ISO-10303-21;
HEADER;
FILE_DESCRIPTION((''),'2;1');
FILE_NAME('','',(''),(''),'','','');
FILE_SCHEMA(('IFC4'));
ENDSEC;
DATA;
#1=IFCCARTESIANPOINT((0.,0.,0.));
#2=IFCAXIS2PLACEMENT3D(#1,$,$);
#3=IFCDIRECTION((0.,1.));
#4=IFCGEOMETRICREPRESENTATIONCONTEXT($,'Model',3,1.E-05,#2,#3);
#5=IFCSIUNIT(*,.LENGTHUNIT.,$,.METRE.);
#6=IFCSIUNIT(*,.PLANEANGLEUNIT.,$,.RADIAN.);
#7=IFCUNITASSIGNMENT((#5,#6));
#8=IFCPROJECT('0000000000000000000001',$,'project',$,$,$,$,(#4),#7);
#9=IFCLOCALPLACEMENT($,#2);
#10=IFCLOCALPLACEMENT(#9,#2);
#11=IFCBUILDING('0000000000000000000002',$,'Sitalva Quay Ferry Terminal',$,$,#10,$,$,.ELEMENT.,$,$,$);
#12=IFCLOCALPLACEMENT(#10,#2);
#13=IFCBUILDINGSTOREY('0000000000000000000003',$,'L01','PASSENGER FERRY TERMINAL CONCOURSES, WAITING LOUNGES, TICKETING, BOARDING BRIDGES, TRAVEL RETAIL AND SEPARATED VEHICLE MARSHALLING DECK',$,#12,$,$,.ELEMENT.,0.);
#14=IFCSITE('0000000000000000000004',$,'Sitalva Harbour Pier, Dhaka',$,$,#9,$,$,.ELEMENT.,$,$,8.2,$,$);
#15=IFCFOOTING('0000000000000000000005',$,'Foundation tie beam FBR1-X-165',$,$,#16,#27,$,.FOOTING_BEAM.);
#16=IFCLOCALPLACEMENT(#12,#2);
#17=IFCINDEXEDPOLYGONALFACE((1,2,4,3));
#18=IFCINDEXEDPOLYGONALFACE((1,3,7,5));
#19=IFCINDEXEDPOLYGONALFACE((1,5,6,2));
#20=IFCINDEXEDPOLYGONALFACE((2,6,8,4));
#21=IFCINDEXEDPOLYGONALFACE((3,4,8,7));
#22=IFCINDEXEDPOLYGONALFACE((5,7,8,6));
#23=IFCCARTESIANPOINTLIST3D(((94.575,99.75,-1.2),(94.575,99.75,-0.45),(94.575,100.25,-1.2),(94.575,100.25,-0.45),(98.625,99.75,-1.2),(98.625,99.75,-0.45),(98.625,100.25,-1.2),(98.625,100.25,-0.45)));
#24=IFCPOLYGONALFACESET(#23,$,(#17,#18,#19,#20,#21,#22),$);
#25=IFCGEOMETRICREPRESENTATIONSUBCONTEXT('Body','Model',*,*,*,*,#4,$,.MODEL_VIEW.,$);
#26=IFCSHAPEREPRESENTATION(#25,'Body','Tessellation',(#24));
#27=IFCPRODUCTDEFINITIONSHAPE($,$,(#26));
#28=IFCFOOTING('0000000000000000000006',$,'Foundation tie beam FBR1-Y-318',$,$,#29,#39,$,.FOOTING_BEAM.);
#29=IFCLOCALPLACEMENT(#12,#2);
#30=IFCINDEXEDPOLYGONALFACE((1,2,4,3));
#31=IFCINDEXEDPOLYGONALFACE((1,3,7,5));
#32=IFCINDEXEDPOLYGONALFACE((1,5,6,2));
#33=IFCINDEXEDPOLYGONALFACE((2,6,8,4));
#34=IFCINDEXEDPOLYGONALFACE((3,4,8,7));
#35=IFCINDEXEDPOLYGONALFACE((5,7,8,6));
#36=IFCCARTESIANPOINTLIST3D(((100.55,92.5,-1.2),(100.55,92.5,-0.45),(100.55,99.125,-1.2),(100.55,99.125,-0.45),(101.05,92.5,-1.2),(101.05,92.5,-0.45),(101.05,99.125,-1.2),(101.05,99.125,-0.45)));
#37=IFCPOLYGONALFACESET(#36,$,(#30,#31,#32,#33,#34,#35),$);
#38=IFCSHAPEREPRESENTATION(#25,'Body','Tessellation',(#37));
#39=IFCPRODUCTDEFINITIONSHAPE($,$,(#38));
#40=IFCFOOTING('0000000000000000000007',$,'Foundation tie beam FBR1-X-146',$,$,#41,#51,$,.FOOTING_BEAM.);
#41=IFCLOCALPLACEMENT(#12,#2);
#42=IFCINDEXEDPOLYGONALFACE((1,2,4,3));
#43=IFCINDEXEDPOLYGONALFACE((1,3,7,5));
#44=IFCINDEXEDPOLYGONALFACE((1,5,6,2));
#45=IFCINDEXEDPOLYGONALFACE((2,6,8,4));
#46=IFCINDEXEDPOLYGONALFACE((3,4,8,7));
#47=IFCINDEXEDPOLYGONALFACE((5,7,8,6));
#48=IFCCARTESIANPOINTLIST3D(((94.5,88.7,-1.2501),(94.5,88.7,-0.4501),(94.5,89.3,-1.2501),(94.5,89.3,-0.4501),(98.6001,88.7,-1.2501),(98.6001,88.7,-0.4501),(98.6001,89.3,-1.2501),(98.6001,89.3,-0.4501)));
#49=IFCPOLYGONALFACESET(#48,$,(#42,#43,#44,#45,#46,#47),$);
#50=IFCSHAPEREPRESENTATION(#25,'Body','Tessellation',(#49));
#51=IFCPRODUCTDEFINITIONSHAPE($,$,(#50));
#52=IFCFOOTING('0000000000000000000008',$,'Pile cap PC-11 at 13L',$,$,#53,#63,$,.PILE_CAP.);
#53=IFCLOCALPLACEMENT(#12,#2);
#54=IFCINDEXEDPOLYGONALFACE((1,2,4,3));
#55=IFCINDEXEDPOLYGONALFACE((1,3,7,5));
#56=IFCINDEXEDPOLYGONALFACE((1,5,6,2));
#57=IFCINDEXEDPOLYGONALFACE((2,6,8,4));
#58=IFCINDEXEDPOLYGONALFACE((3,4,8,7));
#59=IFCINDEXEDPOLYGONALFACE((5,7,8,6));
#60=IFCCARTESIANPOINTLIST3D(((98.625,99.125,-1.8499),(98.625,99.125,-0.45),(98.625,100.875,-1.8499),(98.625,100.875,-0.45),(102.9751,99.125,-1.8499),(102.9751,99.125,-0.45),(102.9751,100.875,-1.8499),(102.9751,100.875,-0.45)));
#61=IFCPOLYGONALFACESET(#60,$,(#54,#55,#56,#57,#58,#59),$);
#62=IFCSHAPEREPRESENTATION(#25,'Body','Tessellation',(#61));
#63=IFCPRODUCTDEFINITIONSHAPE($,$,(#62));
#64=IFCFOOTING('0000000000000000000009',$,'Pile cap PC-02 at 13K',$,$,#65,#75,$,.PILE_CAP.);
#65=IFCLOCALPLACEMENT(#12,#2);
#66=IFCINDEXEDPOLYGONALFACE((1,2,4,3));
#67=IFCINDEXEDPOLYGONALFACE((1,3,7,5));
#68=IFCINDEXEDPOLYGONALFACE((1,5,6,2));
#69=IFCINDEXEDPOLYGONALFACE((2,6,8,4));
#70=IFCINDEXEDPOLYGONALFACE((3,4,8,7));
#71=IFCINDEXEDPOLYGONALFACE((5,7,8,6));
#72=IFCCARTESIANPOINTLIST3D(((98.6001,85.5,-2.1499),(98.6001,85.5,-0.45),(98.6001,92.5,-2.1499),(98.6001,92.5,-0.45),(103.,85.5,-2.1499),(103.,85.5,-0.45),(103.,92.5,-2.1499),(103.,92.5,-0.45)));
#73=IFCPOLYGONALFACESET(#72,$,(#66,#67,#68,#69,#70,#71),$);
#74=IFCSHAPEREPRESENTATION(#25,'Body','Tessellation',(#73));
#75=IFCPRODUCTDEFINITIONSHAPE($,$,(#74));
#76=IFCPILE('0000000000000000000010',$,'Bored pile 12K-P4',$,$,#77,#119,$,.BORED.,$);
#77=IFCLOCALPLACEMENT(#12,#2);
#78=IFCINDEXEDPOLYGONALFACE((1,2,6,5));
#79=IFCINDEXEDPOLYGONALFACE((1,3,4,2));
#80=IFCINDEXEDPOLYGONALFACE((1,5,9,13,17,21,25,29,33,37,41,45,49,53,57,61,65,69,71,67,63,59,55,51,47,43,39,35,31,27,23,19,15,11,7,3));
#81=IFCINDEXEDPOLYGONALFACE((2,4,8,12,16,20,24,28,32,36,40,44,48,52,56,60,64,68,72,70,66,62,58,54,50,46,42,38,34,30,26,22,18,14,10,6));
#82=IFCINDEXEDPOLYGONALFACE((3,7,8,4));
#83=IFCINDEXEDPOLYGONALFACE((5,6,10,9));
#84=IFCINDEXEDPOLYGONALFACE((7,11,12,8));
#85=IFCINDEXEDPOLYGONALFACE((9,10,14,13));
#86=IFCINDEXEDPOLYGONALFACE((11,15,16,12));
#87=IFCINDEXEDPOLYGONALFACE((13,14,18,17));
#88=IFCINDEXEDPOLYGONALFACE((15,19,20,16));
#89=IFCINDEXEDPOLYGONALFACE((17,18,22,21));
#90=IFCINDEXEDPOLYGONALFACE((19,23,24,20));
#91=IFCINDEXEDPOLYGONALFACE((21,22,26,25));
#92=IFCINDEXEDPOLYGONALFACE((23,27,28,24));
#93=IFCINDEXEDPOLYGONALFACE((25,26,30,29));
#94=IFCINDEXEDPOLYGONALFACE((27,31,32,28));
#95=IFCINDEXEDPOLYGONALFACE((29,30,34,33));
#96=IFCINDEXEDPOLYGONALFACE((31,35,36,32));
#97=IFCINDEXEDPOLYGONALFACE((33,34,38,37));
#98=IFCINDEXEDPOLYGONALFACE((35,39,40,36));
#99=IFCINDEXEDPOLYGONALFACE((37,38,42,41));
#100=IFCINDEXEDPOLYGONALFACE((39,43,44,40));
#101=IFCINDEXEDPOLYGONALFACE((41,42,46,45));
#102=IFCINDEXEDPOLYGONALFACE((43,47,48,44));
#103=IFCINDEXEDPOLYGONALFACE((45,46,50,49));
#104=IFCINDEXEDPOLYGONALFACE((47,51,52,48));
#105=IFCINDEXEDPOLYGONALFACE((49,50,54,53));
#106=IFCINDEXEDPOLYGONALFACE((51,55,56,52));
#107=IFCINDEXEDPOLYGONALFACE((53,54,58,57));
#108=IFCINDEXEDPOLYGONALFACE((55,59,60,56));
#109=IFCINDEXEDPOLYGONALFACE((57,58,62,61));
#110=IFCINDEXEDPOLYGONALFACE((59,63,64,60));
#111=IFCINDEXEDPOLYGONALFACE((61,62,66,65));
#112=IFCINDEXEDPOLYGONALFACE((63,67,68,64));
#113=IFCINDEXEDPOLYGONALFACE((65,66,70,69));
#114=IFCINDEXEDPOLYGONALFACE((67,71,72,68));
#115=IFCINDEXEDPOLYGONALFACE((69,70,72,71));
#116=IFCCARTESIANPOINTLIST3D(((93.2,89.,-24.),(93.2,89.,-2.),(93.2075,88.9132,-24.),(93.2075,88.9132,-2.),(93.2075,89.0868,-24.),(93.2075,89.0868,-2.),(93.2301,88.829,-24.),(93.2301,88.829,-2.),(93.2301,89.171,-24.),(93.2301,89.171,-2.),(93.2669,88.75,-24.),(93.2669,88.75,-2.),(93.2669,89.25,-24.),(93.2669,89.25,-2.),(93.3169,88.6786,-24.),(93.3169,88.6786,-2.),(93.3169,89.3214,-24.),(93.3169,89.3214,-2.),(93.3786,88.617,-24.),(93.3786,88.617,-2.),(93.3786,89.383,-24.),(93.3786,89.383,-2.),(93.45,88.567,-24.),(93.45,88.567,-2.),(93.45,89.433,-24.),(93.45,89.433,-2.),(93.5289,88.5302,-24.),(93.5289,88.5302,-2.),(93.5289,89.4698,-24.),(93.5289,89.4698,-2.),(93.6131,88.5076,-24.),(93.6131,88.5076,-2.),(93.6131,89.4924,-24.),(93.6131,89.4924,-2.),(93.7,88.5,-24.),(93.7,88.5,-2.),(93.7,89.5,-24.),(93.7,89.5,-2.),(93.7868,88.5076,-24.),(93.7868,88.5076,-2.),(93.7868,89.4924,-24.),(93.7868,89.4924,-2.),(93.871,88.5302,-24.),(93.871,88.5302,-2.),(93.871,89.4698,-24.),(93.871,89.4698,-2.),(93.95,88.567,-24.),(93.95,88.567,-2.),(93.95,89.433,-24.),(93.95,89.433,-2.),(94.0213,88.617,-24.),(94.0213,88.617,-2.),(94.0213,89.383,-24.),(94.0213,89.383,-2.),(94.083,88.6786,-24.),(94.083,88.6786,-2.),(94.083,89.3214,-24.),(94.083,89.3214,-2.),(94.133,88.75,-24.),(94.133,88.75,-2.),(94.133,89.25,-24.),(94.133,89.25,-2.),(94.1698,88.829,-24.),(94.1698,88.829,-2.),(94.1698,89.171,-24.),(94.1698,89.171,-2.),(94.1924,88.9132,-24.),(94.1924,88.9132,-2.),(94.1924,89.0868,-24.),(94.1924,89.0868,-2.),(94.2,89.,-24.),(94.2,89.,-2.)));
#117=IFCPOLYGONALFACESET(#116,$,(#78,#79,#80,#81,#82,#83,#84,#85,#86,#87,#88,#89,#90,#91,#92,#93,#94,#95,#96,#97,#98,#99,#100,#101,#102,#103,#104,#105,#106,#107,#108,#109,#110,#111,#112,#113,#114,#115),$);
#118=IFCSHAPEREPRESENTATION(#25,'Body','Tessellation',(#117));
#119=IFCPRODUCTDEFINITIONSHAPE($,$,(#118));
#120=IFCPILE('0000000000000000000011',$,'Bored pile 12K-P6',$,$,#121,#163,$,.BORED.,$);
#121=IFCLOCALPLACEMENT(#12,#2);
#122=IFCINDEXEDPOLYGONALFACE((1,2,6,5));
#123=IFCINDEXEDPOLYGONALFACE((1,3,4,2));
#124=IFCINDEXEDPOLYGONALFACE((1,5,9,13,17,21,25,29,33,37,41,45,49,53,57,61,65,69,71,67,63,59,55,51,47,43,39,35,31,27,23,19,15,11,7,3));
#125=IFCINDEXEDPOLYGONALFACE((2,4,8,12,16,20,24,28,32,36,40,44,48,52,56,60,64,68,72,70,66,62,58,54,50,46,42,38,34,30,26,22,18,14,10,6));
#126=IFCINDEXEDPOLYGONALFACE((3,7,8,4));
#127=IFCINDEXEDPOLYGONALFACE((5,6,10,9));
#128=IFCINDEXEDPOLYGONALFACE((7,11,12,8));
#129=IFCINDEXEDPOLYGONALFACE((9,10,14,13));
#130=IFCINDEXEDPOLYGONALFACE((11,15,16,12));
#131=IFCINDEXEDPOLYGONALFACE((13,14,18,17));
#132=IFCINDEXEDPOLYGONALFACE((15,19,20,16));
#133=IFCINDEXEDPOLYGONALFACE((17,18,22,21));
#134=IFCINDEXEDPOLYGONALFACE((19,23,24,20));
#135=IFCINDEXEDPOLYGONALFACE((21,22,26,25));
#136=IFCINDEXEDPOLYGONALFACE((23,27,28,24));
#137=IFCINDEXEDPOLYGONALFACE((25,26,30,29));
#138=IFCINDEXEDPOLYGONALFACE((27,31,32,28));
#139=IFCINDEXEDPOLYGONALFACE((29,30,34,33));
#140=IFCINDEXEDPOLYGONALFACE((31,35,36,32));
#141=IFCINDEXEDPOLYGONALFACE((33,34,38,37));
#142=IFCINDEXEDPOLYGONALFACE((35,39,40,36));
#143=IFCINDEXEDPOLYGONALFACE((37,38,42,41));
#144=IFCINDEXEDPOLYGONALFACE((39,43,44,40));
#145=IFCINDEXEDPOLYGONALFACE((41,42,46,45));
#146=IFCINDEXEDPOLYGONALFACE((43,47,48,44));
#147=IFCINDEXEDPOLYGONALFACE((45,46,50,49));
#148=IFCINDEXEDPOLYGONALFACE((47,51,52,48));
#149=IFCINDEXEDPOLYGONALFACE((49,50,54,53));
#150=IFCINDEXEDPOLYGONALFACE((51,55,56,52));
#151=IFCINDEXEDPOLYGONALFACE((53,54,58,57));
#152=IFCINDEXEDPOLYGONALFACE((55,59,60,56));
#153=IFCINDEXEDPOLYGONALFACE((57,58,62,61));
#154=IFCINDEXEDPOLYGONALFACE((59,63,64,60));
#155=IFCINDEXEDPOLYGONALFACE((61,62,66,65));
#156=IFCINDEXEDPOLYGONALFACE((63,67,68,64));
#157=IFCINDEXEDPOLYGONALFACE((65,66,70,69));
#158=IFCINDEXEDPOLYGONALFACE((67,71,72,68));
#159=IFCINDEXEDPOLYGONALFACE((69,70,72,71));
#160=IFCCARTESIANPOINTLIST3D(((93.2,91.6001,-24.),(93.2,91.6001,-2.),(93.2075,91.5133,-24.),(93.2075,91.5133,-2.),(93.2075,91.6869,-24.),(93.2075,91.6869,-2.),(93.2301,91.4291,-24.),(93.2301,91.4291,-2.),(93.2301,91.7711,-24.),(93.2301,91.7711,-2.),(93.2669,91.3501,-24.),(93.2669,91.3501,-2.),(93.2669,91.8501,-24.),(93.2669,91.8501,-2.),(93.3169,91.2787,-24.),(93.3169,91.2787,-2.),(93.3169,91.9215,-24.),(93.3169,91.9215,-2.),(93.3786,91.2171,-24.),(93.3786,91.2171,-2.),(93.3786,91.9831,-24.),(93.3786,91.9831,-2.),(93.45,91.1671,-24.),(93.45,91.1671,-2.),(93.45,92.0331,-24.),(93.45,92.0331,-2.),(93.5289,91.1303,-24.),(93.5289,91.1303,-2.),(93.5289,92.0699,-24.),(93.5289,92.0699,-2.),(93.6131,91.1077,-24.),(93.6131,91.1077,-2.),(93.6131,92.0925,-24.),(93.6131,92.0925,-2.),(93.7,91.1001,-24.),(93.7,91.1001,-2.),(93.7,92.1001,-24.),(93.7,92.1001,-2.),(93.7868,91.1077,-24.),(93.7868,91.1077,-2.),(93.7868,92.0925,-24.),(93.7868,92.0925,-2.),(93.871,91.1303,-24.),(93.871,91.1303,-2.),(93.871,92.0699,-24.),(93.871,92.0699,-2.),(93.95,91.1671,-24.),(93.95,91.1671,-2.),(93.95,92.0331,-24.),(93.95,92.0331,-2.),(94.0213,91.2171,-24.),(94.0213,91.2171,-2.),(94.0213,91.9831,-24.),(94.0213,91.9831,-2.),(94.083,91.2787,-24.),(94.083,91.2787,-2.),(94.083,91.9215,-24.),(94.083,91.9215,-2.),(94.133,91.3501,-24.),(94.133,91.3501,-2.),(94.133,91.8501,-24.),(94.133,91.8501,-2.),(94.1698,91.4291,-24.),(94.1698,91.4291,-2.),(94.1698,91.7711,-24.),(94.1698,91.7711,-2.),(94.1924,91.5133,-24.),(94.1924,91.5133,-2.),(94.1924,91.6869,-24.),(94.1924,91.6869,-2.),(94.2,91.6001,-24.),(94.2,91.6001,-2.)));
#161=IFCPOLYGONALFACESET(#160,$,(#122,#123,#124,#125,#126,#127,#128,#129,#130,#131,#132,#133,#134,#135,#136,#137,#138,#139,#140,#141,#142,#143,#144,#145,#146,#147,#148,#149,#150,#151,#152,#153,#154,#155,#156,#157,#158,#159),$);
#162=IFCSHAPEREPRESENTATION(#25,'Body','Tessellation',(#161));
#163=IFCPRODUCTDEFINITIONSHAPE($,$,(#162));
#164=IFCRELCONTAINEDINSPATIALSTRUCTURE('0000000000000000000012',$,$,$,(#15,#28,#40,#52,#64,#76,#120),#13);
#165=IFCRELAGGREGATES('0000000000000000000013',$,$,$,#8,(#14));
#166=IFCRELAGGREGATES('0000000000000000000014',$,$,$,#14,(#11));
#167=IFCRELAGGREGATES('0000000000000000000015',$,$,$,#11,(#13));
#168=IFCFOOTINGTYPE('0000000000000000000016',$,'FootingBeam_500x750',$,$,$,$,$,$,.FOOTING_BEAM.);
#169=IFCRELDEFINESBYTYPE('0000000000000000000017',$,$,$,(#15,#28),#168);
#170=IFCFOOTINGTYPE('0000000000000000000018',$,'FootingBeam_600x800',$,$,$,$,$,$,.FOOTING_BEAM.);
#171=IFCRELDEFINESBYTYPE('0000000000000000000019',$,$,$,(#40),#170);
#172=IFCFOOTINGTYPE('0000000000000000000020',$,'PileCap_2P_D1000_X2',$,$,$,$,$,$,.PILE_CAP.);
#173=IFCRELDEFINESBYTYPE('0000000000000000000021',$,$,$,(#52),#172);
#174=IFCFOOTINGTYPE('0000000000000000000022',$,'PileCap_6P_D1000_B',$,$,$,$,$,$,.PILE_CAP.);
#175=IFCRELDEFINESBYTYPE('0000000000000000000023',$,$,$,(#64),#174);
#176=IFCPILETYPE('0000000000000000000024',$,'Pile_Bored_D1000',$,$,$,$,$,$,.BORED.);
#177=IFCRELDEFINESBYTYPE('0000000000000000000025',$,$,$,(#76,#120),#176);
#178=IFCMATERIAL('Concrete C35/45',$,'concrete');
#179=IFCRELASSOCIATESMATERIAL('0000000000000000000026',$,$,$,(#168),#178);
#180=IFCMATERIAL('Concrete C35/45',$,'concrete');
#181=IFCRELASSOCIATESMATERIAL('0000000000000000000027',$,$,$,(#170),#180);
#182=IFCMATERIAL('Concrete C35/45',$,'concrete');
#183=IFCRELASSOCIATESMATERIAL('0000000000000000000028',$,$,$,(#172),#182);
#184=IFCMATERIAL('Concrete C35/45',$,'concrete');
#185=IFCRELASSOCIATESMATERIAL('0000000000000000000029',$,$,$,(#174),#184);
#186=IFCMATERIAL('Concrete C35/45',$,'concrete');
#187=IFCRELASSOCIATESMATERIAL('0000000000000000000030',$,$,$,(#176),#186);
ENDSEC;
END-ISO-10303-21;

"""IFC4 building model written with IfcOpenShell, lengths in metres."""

from ifc_helpers import new_model, si_unit, direction, frame, origin, origin_2d, place, context, subcontext, project, spatial, rectangle, circle, extrude, material, material_profile, profile_set, type_object, element, save


model = new_model("IFC4")

# Units and contexts
model_context = context("Model", 3, precision=1e-05, world=origin(), true_north=direction((0.0, 1.0)))
body_context = subcontext(model_context, "Body", "Model", "MODEL_VIEW")
ifc_project = project(units=[si_unit("LENGTHUNIT", "METRE"), si_unit("PLANEANGLEUNIT", "RADIAN")], contexts=[model_context])

# Site, building, storey
site_placement = place(None, origin())
site = spatial("IfcSite", under=ifc_project, at=site_placement, Name="Sitalva Harbour Pier, Dhaka", CompositionType="ELEMENT", RefElevation=8.2)
building_placement = place(site_placement, origin())
building = spatial("IfcBuilding", under=site, at=building_placement, Name="Sitalva Quay Ferry Terminal", CompositionType="ELEMENT")
storey_placement = place(building_placement, origin())
storey = spatial("IfcBuildingStorey", under=building, at=storey_placement, Name="L01", Description="PASSENGER FERRY TERMINAL CONCOURSES, WAITING LOUNGES, TICKETING, BOARDING BRIDGES, TRAVEL RETAIL AND SEPARATED VEHICLE MARSHALLING DECK", CompositionType="ELEMENT", Elevation=0.0)

# Footings
ifc_material_1 = material(Name="Concrete C35/45", Category="concrete")
ifc_material_profile_1 = material_profile(ifc_material_1, rectangle(XDim=0.5, YDim=0.75, at=origin_2d()), Name="RC500x750")
ifc_profile_set_1 = profile_set([ifc_material_profile_1], Name="Concrete C35/45")
footing_type_1 = type_object("IfcFootingType", Name="FootingBeam_500x750", PredefinedType="FOOTING_BEAM", material=ifc_profile_set_1)
footing_1_placement = place(storey_placement, frame((94.575, 100.0, -0.825), z_axis=(1.0, 0.0, 0.0), x_axis=(0.0, 1.0, 0.0)))
element("IfcFooting", 1, at=footing_1_placement, inside=storey, type_object=footing_type_1, Name="Foundation tie beam FBR1-X-165", PredefinedType="FOOTING_BEAM", context=body_context, shape_type="SweptSolid", body=[
    extrude(rectangle(XDim=0.5, YDim=0.75, at=origin_2d()), origin(), (0.0, 0.0, 1.0), 4.05),
])
footing_2_placement = place(storey_placement, frame((100.8, 92.5, -0.825), z_axis=(0.0, 1.0, 0.0), x_axis=(-1.0, 0.0, 0.0)))
element("IfcFooting", 2, at=footing_2_placement, inside=storey, type_object=footing_type_1, Name="Foundation tie beam FBR1-Y-318", PredefinedType="FOOTING_BEAM", context=body_context, shape_type="SweptSolid", body=[
    extrude(rectangle(XDim=0.5, YDim=0.75, at=origin_2d()), origin(), (0.0, 0.0, 1.0), 6.625),
])
ifc_material_2 = material(Name="Concrete C35/45", Category="concrete")
ifc_material_profile_2 = material_profile(ifc_material_2, rectangle(XDim=0.6001, YDim=0.8, at=origin_2d()), Name="RC600x800")
ifc_profile_set_2 = profile_set([ifc_material_profile_2], Name="Concrete C35/45")
footing_type_2 = type_object("IfcFootingType", Name="FootingBeam_600x800", PredefinedType="FOOTING_BEAM", material=ifc_profile_set_2)
footing_3_placement = place(storey_placement, frame((94.5, 89.0, -0.8501), z_axis=(1.0, 0.0, 0.0), x_axis=(0.0, 1.0, 0.0)))
element("IfcFooting", 3, at=footing_3_placement, inside=storey, type_object=footing_type_2, Name="Foundation tie beam FBR1-X-146", PredefinedType="FOOTING_BEAM", context=body_context, shape_type="SweptSolid", body=[
    extrude(rectangle(XDim=0.6001, YDim=0.8, at=origin_2d()), origin(), (0.0, 0.0, 1.0), 4.1001),
])
ifc_material_3 = material(Name="Concrete C35/45", Category="concrete")
footing_type_3 = type_object("IfcFootingType", Name="PileCap_2P_D1000_X2", PredefinedType="PILE_CAP", material=ifc_material_3)
footing_4_placement = place(storey_placement, frame((100.8, 100.0, -1.8499), z_axis=(0.0, 0.0, 1.0), x_axis=(1.0, 0.0, 0.0)))
element("IfcFooting", 4, at=footing_4_placement, inside=storey, type_object=footing_type_3, Name="Pile cap PC-11 at 13L", PredefinedType="PILE_CAP", context=body_context, shape_type="SweptSolid", body=[
    extrude(rectangle(XDim=4.3501, YDim=1.75, at=origin_2d()), origin(), (0.0, 0.0, 1.0), 1.3999),
])
ifc_material_4 = material(Name="Concrete C35/45", Category="concrete")
footing_type_4 = type_object("IfcFootingType", Name="PileCap_6P_D1000_B", PredefinedType="PILE_CAP", material=ifc_material_4)
footing_5_placement = place(storey_placement, frame((100.8, 89.0, -2.1499), z_axis=(0.0, 0.0, 1.0), x_axis=(1.0, 0.0, 0.0)))
element("IfcFooting", 5, at=footing_5_placement, inside=storey, type_object=footing_type_4, Name="Pile cap PC-02 at 13K", PredefinedType="PILE_CAP", context=body_context, shape_type="SweptSolid", body=[
    extrude(rectangle(XDim=4.3999, YDim=7.0, at=origin_2d()), origin(), (0.0, 0.0, 1.0), 1.7),
])

# Piles
ifc_material_5 = material(Name="Concrete C35/45", Category="concrete")
ifc_material_profile_3 = material_profile(ifc_material_5, circle(Radius=0.5, at=origin_2d()), Name="PILE-D1000")
ifc_profile_set_3 = profile_set([ifc_material_profile_3], Name="Concrete C35/45")
pile_type = type_object("IfcPileType", Name="Pile_Bored_D1000", PredefinedType="BORED", material=ifc_profile_set_3)
for number, where, z_axis, x_axis, name in (
    (6, (93.7, 89.0, -2.0), (0.0, 0.0, -1.0), (1.0, 0.0, 0.0), "Bored pile 12K-P4"),
    (7, (93.7, 91.6001, -2.0), (0.0, 0.0, -1.0), (1.0, 0.0, 0.0), "Bored pile 12K-P6"),
):
    element("IfcPile", number, at=place(storey_placement, frame(where, z_axis=z_axis, x_axis=x_axis)), inside=storey, type_object=pile_type, Name=name, PredefinedType="BORED", context=body_context, shape_type="SweptSolid", body=[
        extrude(circle(Radius=0.5, at=origin_2d()), origin(), (0.0, 0.0, 1.0), 22.0),
    ])

save(model, "model.ifc")
